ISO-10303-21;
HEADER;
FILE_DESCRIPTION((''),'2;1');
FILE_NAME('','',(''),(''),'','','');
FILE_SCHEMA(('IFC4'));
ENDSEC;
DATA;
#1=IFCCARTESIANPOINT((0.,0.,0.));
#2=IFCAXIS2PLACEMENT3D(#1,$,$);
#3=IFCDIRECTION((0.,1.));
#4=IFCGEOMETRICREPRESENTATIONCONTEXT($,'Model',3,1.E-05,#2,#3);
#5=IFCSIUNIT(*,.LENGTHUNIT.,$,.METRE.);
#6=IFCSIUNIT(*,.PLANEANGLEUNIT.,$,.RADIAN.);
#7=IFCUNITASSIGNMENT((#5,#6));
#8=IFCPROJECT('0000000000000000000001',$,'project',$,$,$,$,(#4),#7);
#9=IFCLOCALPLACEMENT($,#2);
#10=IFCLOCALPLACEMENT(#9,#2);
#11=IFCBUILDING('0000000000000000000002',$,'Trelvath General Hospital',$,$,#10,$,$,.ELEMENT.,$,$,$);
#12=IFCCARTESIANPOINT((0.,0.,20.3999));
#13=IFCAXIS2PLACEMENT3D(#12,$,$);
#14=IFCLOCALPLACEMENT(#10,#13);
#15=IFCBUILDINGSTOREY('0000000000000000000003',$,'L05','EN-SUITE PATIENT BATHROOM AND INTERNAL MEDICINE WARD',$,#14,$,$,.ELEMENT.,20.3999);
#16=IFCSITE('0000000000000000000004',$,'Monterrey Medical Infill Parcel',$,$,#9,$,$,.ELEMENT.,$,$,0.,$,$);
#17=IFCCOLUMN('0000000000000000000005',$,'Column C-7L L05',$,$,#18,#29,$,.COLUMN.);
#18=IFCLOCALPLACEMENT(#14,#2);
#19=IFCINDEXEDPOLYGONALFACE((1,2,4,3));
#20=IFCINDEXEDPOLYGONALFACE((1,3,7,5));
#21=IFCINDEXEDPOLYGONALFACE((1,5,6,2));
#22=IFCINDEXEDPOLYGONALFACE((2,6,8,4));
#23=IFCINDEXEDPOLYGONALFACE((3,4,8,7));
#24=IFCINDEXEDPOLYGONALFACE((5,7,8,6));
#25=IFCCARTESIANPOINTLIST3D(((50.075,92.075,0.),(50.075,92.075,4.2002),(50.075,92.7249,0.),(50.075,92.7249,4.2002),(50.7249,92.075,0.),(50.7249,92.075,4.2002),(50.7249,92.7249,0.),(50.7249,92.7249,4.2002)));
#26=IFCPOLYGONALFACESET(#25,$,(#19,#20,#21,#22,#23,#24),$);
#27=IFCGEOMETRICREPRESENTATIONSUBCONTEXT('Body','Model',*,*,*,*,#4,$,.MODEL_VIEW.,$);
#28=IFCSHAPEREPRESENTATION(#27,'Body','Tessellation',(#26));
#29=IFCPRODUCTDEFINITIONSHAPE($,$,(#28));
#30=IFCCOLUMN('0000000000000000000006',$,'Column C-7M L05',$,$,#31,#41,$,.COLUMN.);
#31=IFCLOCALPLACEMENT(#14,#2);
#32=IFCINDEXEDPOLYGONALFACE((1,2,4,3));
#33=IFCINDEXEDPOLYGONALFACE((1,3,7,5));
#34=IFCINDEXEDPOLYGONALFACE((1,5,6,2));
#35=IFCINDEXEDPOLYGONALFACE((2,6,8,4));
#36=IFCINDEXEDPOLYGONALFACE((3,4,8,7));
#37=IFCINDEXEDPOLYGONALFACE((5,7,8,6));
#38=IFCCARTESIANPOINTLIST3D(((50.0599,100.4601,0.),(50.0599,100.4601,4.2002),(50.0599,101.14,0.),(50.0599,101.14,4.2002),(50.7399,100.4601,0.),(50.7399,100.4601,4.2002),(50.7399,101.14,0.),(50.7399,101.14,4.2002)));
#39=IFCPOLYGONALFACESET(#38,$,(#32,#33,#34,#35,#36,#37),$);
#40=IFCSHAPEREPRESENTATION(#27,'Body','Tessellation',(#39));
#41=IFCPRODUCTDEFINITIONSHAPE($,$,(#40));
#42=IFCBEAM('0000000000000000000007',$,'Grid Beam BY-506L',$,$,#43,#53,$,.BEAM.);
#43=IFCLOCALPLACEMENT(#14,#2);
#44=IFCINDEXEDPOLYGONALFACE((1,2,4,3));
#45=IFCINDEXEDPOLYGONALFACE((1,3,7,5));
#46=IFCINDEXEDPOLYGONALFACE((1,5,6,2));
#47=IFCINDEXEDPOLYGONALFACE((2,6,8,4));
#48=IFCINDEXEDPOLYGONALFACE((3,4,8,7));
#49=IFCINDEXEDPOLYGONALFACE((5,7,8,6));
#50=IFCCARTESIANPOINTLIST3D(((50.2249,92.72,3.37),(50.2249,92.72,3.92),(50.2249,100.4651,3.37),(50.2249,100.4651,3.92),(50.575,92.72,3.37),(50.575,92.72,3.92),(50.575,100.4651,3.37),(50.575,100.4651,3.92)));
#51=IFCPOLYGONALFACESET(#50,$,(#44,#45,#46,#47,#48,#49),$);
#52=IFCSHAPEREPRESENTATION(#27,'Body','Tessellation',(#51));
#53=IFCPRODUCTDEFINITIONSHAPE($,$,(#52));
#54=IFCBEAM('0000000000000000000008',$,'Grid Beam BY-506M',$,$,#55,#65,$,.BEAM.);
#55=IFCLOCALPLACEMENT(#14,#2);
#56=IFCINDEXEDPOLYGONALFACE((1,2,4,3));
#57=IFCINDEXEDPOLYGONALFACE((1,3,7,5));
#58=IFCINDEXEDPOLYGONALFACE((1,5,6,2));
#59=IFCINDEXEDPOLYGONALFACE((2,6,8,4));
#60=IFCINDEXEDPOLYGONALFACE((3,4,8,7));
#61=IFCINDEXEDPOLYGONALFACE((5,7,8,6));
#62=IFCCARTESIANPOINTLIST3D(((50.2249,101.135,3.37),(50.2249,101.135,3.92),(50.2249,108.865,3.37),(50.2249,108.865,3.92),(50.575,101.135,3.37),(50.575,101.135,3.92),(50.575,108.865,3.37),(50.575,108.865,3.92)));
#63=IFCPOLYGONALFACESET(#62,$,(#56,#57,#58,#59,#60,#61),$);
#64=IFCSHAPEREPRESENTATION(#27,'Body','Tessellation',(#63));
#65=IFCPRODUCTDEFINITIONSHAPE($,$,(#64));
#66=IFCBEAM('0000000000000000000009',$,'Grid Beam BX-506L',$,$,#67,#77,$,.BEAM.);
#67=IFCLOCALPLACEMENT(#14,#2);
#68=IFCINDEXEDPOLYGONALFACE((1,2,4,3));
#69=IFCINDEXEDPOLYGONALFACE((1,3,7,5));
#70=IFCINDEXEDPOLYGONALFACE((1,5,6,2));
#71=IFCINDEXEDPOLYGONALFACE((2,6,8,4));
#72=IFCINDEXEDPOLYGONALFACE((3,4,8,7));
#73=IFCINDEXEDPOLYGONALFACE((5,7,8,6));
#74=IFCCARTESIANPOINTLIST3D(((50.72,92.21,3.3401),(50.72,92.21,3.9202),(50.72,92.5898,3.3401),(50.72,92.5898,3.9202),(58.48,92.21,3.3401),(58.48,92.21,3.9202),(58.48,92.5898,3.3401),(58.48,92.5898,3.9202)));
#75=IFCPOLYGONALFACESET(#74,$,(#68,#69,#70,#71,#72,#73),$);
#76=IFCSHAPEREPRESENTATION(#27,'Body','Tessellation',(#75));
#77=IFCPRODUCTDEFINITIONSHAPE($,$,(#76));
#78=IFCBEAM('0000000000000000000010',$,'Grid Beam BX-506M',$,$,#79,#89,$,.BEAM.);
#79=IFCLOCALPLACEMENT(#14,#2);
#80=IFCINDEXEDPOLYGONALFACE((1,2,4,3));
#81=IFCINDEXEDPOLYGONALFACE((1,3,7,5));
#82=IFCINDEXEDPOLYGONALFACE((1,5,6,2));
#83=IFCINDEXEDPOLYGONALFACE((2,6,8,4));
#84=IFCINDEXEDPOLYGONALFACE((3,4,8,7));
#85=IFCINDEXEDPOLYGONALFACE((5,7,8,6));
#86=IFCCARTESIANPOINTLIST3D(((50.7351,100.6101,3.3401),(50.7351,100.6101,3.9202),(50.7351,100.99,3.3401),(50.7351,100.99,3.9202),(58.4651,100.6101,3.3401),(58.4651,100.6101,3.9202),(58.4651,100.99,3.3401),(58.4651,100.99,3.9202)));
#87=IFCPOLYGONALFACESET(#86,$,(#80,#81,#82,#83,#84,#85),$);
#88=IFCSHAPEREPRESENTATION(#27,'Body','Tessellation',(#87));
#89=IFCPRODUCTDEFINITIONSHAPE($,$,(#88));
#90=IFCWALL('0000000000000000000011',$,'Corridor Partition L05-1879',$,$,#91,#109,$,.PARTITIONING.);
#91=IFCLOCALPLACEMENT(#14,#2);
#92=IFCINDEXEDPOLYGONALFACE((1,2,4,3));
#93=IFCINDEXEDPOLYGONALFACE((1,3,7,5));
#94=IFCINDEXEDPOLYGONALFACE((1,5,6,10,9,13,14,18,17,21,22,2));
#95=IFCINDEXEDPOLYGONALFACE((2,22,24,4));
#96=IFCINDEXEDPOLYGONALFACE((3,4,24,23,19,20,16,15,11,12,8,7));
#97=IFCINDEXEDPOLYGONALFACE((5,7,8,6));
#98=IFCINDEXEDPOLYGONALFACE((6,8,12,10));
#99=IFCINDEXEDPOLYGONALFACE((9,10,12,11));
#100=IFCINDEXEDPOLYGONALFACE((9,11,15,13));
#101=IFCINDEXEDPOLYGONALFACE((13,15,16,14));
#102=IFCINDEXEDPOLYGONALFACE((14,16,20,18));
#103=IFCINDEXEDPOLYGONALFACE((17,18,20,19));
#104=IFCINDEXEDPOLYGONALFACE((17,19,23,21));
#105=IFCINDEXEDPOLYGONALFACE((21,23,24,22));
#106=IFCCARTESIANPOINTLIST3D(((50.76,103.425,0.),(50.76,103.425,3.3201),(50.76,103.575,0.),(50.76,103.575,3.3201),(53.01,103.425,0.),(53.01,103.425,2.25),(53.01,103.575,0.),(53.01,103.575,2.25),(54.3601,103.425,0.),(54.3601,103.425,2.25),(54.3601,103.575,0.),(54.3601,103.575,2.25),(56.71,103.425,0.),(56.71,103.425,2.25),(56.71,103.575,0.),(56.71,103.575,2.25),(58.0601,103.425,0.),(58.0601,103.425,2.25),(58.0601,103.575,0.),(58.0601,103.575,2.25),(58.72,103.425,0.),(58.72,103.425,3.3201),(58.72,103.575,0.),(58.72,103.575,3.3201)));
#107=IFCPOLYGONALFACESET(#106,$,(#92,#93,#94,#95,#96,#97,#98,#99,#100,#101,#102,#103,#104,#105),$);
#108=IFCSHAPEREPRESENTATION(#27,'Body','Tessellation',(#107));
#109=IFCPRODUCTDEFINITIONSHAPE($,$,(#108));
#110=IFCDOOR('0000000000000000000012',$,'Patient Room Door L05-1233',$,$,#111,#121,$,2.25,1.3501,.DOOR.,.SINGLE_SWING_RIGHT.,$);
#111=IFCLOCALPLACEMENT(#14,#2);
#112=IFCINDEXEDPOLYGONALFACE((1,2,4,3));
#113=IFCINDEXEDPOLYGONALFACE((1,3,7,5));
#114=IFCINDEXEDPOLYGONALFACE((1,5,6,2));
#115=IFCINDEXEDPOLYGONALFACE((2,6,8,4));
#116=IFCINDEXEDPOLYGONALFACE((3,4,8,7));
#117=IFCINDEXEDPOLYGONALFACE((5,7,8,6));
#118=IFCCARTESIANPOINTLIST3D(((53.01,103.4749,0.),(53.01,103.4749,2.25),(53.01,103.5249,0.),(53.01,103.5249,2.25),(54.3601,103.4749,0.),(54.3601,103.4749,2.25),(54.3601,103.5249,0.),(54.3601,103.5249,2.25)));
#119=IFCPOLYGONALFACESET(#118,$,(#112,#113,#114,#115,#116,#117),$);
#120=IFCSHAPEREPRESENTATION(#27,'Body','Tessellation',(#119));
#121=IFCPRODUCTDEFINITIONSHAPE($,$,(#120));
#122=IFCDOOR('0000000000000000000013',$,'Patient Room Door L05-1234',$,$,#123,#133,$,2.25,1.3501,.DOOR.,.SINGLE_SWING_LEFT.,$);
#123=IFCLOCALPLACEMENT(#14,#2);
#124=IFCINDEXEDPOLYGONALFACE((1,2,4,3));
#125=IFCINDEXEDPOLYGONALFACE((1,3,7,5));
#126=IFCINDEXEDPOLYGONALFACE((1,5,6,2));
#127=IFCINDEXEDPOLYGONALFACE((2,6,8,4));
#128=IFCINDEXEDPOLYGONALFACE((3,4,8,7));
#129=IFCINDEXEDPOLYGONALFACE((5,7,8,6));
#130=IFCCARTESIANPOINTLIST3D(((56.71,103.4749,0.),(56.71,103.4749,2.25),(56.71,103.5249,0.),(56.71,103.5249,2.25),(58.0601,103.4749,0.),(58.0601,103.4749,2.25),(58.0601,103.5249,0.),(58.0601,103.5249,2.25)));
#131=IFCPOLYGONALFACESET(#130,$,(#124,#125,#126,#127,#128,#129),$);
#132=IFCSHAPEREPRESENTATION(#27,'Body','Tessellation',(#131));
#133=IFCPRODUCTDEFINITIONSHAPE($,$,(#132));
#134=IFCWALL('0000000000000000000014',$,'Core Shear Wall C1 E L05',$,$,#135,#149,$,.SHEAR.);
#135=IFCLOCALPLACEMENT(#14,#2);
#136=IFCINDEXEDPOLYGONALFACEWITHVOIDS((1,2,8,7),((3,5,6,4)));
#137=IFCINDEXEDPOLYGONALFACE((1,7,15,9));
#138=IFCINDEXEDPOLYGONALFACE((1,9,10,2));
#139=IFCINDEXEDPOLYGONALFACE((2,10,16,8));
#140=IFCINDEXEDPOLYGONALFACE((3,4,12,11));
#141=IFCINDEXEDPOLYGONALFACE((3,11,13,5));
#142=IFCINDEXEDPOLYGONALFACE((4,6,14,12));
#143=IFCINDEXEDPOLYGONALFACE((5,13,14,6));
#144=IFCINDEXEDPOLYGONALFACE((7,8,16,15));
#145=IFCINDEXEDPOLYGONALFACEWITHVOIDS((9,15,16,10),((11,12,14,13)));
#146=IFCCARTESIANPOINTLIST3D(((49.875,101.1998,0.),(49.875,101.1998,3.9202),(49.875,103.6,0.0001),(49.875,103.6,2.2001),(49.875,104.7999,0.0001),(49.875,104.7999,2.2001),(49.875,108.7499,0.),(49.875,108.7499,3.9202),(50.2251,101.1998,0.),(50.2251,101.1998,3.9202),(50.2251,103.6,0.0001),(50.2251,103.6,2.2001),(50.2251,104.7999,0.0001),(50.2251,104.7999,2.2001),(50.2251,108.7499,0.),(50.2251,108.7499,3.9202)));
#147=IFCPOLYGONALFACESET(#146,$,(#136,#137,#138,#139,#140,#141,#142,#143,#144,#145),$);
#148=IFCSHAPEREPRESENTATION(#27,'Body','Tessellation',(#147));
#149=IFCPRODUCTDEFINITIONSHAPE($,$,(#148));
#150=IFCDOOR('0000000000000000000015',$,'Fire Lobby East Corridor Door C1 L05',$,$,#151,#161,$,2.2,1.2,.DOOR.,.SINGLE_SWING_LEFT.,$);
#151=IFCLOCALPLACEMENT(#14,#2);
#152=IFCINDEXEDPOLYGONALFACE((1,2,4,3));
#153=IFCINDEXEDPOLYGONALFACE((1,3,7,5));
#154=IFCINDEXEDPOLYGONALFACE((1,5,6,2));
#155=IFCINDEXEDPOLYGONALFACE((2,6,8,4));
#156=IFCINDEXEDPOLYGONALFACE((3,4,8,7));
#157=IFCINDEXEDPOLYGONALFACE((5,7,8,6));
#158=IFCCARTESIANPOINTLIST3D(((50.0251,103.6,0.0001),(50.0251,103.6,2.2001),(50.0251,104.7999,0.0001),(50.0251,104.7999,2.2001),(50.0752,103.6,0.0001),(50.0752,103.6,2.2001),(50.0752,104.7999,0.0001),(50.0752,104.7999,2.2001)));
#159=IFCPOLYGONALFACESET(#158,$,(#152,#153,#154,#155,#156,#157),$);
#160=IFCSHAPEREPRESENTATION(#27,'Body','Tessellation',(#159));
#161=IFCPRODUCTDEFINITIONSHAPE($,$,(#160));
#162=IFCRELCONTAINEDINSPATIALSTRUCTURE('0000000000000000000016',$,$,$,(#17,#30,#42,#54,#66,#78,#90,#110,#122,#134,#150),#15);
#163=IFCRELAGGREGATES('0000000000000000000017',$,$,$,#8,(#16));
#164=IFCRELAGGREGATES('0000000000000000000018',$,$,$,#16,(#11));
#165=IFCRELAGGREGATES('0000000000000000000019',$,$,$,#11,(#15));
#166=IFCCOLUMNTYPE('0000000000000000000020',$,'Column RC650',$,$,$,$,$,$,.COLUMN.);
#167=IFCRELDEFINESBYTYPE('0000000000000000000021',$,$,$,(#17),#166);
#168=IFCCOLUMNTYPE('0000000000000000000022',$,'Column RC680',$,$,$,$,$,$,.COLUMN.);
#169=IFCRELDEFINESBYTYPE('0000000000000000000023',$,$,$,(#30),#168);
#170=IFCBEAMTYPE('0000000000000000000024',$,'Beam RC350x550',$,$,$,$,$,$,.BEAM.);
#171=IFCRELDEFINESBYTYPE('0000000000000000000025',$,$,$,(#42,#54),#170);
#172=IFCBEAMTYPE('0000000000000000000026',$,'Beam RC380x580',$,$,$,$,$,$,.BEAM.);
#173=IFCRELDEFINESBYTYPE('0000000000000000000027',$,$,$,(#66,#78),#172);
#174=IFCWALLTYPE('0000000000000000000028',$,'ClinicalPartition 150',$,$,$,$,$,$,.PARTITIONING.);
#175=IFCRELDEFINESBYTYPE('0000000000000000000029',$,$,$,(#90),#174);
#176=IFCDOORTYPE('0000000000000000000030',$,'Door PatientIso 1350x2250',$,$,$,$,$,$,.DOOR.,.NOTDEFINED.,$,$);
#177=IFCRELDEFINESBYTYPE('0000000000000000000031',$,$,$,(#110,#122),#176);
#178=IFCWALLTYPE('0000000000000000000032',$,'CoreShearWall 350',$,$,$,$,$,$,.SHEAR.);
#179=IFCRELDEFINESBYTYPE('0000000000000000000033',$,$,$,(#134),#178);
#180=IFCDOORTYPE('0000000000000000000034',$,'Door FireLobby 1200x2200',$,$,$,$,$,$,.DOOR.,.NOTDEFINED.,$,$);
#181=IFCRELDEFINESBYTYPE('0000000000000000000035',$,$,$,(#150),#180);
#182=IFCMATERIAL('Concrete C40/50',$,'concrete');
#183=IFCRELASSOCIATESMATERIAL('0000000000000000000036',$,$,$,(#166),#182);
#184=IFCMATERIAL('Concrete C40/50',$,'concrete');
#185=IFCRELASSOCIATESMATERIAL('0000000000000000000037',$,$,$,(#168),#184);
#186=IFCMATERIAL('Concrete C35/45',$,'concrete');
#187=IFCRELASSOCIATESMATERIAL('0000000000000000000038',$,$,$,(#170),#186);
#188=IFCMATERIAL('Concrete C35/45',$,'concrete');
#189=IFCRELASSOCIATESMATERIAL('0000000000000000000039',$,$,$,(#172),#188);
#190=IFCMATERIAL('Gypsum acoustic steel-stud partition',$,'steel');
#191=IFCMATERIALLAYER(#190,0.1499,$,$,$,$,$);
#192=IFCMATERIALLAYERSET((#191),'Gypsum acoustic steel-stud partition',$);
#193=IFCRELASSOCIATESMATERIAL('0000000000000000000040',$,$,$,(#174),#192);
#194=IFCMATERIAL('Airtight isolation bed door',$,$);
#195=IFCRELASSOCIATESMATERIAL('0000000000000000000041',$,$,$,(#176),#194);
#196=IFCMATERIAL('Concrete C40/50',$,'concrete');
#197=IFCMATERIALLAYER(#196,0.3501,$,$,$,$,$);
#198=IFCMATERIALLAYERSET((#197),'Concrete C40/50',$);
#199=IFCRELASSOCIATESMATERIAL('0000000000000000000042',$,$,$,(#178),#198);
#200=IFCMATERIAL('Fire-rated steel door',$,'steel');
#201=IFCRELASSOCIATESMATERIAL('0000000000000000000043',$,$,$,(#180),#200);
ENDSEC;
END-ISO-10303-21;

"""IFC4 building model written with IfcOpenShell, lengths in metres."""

from ifc_helpers import new_model, si_unit, direction, frame, frame_2d, origin, origin_2d, place, context, subcontext, project, spatial, rectangle, extrude, material, layer, layer_set, material_profile, profile_set, type_object, element, fill, save


model = new_model("IFC4")

# Units and contexts
model_context = context("Model", 3, precision=1e-05, world=origin(), true_north=direction((0.0, 1.0)))
body_context = subcontext(model_context, "Body", "Model", "MODEL_VIEW")
ifc_project = project(units=[si_unit("LENGTHUNIT", "METRE"), si_unit("PLANEANGLEUNIT", "RADIAN")], contexts=[model_context])

# Site, building, storey
site_placement = place(None, origin())
site = spatial("IfcSite", under=ifc_project, at=site_placement, Name="Monterrey Medical Infill Parcel", CompositionType="ELEMENT", RefElevation=0.0)
building_placement = place(site_placement, origin())
building = spatial("IfcBuilding", under=site, at=building_placement, Name="Trelvath General Hospital", CompositionType="ELEMENT")
storey_placement = place(building_placement, frame((0.0, 0.0, 20.3999)))
storey = spatial("IfcBuildingStorey", under=building, at=storey_placement, Name="L05", Description="EN-SUITE PATIENT BATHROOM AND INTERNAL MEDICINE WARD", CompositionType="ELEMENT", Elevation=20.3999)

# Columns
ifc_material_1 = material(Name="Concrete C40/50", Category="concrete")
ifc_material_profile_1 = material_profile(ifc_material_1, rectangle(XDim=0.6499, YDim=0.6499, at=origin_2d()), Name="RC650x650")
ifc_profile_set_1 = profile_set([ifc_material_profile_1], Name="Concrete C40/50")
column_type_1 = type_object("IfcColumnType", Name="Column RC650", PredefinedType="COLUMN", material=ifc_profile_set_1)
column_1_placement = place(storey_placement, frame((50.3999, 92.3999, 0.0), z_axis=(0.0, 0.0, 1.0), x_axis=(1.0, 0.0, 0.0)))
element("IfcColumn", 1, at=column_1_placement, inside=storey, type_object=column_type_1, Name="Column C-7L L05", PredefinedType="COLUMN", context=body_context, shape_type="SweptSolid", body=[
    extrude(rectangle(XDim=0.6499, YDim=0.6499, at=origin_2d()), origin(), (0.0, 0.0, 1.0), 4.2002),
])
ifc_material_2 = material(Name="Concrete C40/50", Category="concrete")
ifc_material_profile_2 = material_profile(ifc_material_2, rectangle(XDim=0.6799, YDim=0.6799, at=origin_2d()), Name="RC680x680")
ifc_profile_set_2 = profile_set([ifc_material_profile_2], Name="Concrete C40/50")
column_type_2 = type_object("IfcColumnType", Name="Column RC680", PredefinedType="COLUMN", material=ifc_profile_set_2)
column_2_placement = place(storey_placement, frame((50.3999, 100.8, 0.0), z_axis=(0.0, 0.0, 1.0), x_axis=(1.0, 0.0, 0.0)))
element("IfcColumn", 2, at=column_2_placement, inside=storey, type_object=column_type_2, Name="Column C-7M L05", PredefinedType="COLUMN", context=body_context, shape_type="SweptSolid", body=[
    extrude(rectangle(XDim=0.6799, YDim=0.6799, at=origin_2d()), origin(), (0.0, 0.0, 1.0), 4.2002),
])

# Beams
ifc_material_3 = material(Name="Concrete C35/45", Category="concrete")
ifc_material_profile_3 = material_profile(ifc_material_3, rectangle(XDim=0.3501, YDim=0.55, at=origin_2d()), Name="RCB350x550")
ifc_profile_set_3 = profile_set([ifc_material_profile_3], Name="Concrete C35/45")
beam_type_1 = type_object("IfcBeamType", Name="Beam RC350x550", PredefinedType="BEAM", material=ifc_profile_set_3)
beam_1_placement = place(storey_placement, frame((50.3999, 92.72, 3.645), z_axis=(0.0, 1.0, 0.0), x_axis=(-1.0, 0.0, 0.0)))
element("IfcBeam", 3, at=beam_1_placement, inside=storey, type_object=beam_type_1, Name="Grid Beam BY-506L", PredefinedType="BEAM", context=body_context, shape_type="SweptSolid", body=[
    extrude(rectangle(XDim=0.3501, YDim=0.55, at=origin_2d()), origin(), (0.0, 0.0, 1.0), 7.7451),
])
beam_2_placement = place(storey_placement, frame((50.3999, 101.135, 3.645), z_axis=(0.0, 1.0, 0.0), x_axis=(-1.0, 0.0, 0.0)))
element("IfcBeam", 4, at=beam_2_placement, inside=storey, type_object=beam_type_1, Name="Grid Beam BY-506M", PredefinedType="BEAM", context=body_context, shape_type="SweptSolid", body=[
    extrude(rectangle(XDim=0.3501, YDim=0.55, at=origin_2d()), origin(), (0.0, 0.0, 1.0), 7.73),
])
ifc_material_4 = material(Name="Concrete C35/45", Category="concrete")
ifc_material_profile_4 = material_profile(ifc_material_4, rectangle(XDim=0.3799, YDim=0.5801, at=origin_2d()), Name="RCB380x580")
ifc_profile_set_4 = profile_set([ifc_material_profile_4], Name="Concrete C35/45")
beam_type_2 = type_object("IfcBeamType", Name="Beam RC380x580", PredefinedType="BEAM", material=ifc_profile_set_4)
beam_3_placement = place(storey_placement, frame((50.72, 92.3999, 3.6301), z_axis=(1.0, 0.0, 0.0), x_axis=(0.0, 1.0, 0.0)))
element("IfcBeam", 5, at=beam_3_placement, inside=storey, type_object=beam_type_2, Name="Grid Beam BX-506L", PredefinedType="BEAM", context=body_context, shape_type="SweptSolid", body=[
    extrude(rectangle(XDim=0.3799, YDim=0.5801, at=origin_2d()), origin(), (0.0, 0.0, 1.0), 7.76),
])
beam_4_placement = place(storey_placement, frame((50.7351, 100.8, 3.6301), z_axis=(1.0, 0.0, 0.0), x_axis=(0.0, 1.0, 0.0)))
element("IfcBeam", 6, at=beam_4_placement, inside=storey, type_object=beam_type_2, Name="Grid Beam BX-506M", PredefinedType="BEAM", context=body_context, shape_type="SweptSolid", body=[
    extrude(rectangle(XDim=0.3799, YDim=0.5801, at=origin_2d()), origin(), (0.0, 0.0, 1.0), 7.73),
])

# Wall, openings, doors
ifc_material_5 = material(Name="Gypsum acoustic steel-stud partition", Category="steel")
ifc_layer_1 = layer(ifc_material_5, 0.1499)
ifc_layer_set_1 = layer_set([ifc_layer_1], Name="Gypsum acoustic steel-stud partition")
wall_type_1 = type_object("IfcWallType", Name="ClinicalPartition 150", PredefinedType="PARTITIONING", material=ifc_layer_set_1)
wall_1_placement = place(storey_placement, frame((50.76, 103.5, 0.0), z_axis=(0.0, 0.0, 1.0), x_axis=(1.0, 0.0, 0.0)))
wall_1 = element("IfcWall", 7, at=wall_1_placement, inside=storey, type_object=wall_type_1, Name="Corridor Partition L05-1879", PredefinedType="PARTITIONING", context=body_context, shape_type="SweptSolid", body=[
    extrude(rectangle(XDim=7.96, YDim=0.1499, at=frame_2d((3.98, 0.0))), origin(), (0.0, 0.0, 1.0), 3.3201),
])
opening_1_placement = place(wall_1_placement, frame((2.25, 0.0, 0.0)))
opening_1 = element("IfcOpeningElement", 8, at=opening_1_placement, cuts=wall_1, PredefinedType="OPENING", context=body_context, shape_type="SweptSolid", body=[
    extrude(rectangle(XDim=1.3501, YDim=2.25, at=frame_2d((0.675, 1.125))), frame((0.0, 0.085, 0.0), z_axis=(0.0, -1.0, 0.0), x_axis=(1.0, 0.0, 0.0)), (0.0, 0.0, 1.0), 0.1699),
])
opening_2_placement = place(wall_1_placement, frame((5.95, 0.0, 0.0)))
opening_2 = element("IfcOpeningElement", 9, at=opening_2_placement, cuts=wall_1, PredefinedType="OPENING", context=body_context, shape_type="SweptSolid", body=[
    extrude(rectangle(XDim=1.3501, YDim=2.25, at=frame_2d((0.675, 1.125))), frame((0.0, 0.085, 0.0), z_axis=(0.0, -1.0, 0.0), x_axis=(1.0, 0.0, 0.0)), (0.0, 0.0, 1.0), 0.1699),
])
ifc_material_6 = material(Name="Airtight isolation bed door")
door_type_1 = type_object("IfcDoorType", Name="Door PatientIso 1350x2250", OperationType="NOTDEFINED", PredefinedType="DOOR", material=ifc_material_6)
door_1_placement = place(opening_1_placement, origin())
door_1 = element("IfcDoor", 10, at=door_1_placement, inside=storey, type_object=door_type_1, Name="Patient Room Door L05-1233", OperationType="SINGLE_SWING_RIGHT", OverallHeight=2.25, OverallWidth=1.3501, PredefinedType="DOOR", context=body_context, shape_type="SweptSolid", body=[
    extrude(rectangle(XDim=1.3501, YDim=2.25, at=frame_2d((0.675, 1.125))), frame((0.0, 0.0249, 0.0), z_axis=(0.0, -1.0, 0.0), x_axis=(1.0, 0.0, 0.0)), (0.0, 0.0, 1.0), 0.05),
])
fill(opening_1, door_1)
door_2_placement = place(opening_2_placement, origin())
door_2 = element("IfcDoor", 11, at=door_2_placement, inside=storey, type_object=door_type_1, Name="Patient Room Door L05-1234", OperationType="SINGLE_SWING_LEFT", OverallHeight=2.25, OverallWidth=1.3501, PredefinedType="DOOR", context=body_context, shape_type="SweptSolid", body=[
    extrude(rectangle(XDim=1.3501, YDim=2.25, at=frame_2d((0.675, 1.125))), frame((0.0, 0.0249, 0.0), z_axis=(0.0, -1.0, 0.0), x_axis=(1.0, 0.0, 0.0)), (0.0, 0.0, 1.0), 0.05),
])
fill(opening_2, door_2)

# Wall, opening, door
ifc_material_7 = material(Name="Concrete C40/50", Category="concrete")
ifc_layer_2 = layer(ifc_material_7, 0.3501)
ifc_layer_set_2 = layer_set([ifc_layer_2], Name="Concrete C40/50")
wall_type_2 = type_object("IfcWallType", Name="CoreShearWall 350", PredefinedType="SHEAR", material=ifc_layer_set_2)
wall_2_placement = place(storey_placement, frame((50.05, 101.2, 0.0), z_axis=(0.0, 0.0, 1.0), x_axis=(0.0, 1.0, 0.0)))
wall_2 = element("IfcWall", 12, at=wall_2_placement, inside=storey, type_object=wall_type_2, Name="Core Shear Wall C1 E L05", PredefinedType="SHEAR", context=body_context, shape_type="SweptSolid", body=[
    extrude(rectangle(XDim=7.55, YDim=0.3501, at=frame_2d((3.7749, 0.0))), origin(), (0.0, 0.0, 1.0), 3.9202),
])
opening_3_placement = place(wall_2_placement, frame((2.3999, 0.0, 0.0)))
opening_3 = element("IfcOpeningElement", 13, at=opening_3_placement, cuts=wall_2, PredefinedType="OPENING", context=body_context, shape_type="SweptSolid", body=[
    extrude(rectangle(XDim=1.2, YDim=2.2, at=frame_2d((0.6001, 1.1001))), frame((0.0, 0.1851, 0.0), z_axis=(0.0, -1.0, 0.0), x_axis=(1.0, 0.0, 0.0)), (0.0, 0.0, 1.0), 0.3701),
])
ifc_material_8 = material(Name="Fire-rated steel door", Category="steel")
door_type_2 = type_object("IfcDoorType", Name="Door FireLobby 1200x2200", OperationType="NOTDEFINED", PredefinedType="DOOR", material=ifc_material_8)
door_3_placement = place(opening_3_placement, origin())
door_3 = element("IfcDoor", 14, at=door_3_placement, inside=storey, type_object=door_type_2, Name="Fire Lobby East Corridor Door C1 L05", OperationType="SINGLE_SWING_LEFT", OverallHeight=2.2, OverallWidth=1.2, PredefinedType="DOOR", context=body_context, shape_type="SweptSolid", body=[
    extrude(rectangle(XDim=1.2, YDim=2.2, at=frame_2d((0.6001, 1.1001))), frame((0.0, 0.0249, 0.0), z_axis=(0.0, -1.0, 0.0), x_axis=(1.0, 0.0, 0.0)), (0.0, 0.0, 1.0), 0.05),
])
fill(opening_3, door_3)

save(model, "model.ifc")
